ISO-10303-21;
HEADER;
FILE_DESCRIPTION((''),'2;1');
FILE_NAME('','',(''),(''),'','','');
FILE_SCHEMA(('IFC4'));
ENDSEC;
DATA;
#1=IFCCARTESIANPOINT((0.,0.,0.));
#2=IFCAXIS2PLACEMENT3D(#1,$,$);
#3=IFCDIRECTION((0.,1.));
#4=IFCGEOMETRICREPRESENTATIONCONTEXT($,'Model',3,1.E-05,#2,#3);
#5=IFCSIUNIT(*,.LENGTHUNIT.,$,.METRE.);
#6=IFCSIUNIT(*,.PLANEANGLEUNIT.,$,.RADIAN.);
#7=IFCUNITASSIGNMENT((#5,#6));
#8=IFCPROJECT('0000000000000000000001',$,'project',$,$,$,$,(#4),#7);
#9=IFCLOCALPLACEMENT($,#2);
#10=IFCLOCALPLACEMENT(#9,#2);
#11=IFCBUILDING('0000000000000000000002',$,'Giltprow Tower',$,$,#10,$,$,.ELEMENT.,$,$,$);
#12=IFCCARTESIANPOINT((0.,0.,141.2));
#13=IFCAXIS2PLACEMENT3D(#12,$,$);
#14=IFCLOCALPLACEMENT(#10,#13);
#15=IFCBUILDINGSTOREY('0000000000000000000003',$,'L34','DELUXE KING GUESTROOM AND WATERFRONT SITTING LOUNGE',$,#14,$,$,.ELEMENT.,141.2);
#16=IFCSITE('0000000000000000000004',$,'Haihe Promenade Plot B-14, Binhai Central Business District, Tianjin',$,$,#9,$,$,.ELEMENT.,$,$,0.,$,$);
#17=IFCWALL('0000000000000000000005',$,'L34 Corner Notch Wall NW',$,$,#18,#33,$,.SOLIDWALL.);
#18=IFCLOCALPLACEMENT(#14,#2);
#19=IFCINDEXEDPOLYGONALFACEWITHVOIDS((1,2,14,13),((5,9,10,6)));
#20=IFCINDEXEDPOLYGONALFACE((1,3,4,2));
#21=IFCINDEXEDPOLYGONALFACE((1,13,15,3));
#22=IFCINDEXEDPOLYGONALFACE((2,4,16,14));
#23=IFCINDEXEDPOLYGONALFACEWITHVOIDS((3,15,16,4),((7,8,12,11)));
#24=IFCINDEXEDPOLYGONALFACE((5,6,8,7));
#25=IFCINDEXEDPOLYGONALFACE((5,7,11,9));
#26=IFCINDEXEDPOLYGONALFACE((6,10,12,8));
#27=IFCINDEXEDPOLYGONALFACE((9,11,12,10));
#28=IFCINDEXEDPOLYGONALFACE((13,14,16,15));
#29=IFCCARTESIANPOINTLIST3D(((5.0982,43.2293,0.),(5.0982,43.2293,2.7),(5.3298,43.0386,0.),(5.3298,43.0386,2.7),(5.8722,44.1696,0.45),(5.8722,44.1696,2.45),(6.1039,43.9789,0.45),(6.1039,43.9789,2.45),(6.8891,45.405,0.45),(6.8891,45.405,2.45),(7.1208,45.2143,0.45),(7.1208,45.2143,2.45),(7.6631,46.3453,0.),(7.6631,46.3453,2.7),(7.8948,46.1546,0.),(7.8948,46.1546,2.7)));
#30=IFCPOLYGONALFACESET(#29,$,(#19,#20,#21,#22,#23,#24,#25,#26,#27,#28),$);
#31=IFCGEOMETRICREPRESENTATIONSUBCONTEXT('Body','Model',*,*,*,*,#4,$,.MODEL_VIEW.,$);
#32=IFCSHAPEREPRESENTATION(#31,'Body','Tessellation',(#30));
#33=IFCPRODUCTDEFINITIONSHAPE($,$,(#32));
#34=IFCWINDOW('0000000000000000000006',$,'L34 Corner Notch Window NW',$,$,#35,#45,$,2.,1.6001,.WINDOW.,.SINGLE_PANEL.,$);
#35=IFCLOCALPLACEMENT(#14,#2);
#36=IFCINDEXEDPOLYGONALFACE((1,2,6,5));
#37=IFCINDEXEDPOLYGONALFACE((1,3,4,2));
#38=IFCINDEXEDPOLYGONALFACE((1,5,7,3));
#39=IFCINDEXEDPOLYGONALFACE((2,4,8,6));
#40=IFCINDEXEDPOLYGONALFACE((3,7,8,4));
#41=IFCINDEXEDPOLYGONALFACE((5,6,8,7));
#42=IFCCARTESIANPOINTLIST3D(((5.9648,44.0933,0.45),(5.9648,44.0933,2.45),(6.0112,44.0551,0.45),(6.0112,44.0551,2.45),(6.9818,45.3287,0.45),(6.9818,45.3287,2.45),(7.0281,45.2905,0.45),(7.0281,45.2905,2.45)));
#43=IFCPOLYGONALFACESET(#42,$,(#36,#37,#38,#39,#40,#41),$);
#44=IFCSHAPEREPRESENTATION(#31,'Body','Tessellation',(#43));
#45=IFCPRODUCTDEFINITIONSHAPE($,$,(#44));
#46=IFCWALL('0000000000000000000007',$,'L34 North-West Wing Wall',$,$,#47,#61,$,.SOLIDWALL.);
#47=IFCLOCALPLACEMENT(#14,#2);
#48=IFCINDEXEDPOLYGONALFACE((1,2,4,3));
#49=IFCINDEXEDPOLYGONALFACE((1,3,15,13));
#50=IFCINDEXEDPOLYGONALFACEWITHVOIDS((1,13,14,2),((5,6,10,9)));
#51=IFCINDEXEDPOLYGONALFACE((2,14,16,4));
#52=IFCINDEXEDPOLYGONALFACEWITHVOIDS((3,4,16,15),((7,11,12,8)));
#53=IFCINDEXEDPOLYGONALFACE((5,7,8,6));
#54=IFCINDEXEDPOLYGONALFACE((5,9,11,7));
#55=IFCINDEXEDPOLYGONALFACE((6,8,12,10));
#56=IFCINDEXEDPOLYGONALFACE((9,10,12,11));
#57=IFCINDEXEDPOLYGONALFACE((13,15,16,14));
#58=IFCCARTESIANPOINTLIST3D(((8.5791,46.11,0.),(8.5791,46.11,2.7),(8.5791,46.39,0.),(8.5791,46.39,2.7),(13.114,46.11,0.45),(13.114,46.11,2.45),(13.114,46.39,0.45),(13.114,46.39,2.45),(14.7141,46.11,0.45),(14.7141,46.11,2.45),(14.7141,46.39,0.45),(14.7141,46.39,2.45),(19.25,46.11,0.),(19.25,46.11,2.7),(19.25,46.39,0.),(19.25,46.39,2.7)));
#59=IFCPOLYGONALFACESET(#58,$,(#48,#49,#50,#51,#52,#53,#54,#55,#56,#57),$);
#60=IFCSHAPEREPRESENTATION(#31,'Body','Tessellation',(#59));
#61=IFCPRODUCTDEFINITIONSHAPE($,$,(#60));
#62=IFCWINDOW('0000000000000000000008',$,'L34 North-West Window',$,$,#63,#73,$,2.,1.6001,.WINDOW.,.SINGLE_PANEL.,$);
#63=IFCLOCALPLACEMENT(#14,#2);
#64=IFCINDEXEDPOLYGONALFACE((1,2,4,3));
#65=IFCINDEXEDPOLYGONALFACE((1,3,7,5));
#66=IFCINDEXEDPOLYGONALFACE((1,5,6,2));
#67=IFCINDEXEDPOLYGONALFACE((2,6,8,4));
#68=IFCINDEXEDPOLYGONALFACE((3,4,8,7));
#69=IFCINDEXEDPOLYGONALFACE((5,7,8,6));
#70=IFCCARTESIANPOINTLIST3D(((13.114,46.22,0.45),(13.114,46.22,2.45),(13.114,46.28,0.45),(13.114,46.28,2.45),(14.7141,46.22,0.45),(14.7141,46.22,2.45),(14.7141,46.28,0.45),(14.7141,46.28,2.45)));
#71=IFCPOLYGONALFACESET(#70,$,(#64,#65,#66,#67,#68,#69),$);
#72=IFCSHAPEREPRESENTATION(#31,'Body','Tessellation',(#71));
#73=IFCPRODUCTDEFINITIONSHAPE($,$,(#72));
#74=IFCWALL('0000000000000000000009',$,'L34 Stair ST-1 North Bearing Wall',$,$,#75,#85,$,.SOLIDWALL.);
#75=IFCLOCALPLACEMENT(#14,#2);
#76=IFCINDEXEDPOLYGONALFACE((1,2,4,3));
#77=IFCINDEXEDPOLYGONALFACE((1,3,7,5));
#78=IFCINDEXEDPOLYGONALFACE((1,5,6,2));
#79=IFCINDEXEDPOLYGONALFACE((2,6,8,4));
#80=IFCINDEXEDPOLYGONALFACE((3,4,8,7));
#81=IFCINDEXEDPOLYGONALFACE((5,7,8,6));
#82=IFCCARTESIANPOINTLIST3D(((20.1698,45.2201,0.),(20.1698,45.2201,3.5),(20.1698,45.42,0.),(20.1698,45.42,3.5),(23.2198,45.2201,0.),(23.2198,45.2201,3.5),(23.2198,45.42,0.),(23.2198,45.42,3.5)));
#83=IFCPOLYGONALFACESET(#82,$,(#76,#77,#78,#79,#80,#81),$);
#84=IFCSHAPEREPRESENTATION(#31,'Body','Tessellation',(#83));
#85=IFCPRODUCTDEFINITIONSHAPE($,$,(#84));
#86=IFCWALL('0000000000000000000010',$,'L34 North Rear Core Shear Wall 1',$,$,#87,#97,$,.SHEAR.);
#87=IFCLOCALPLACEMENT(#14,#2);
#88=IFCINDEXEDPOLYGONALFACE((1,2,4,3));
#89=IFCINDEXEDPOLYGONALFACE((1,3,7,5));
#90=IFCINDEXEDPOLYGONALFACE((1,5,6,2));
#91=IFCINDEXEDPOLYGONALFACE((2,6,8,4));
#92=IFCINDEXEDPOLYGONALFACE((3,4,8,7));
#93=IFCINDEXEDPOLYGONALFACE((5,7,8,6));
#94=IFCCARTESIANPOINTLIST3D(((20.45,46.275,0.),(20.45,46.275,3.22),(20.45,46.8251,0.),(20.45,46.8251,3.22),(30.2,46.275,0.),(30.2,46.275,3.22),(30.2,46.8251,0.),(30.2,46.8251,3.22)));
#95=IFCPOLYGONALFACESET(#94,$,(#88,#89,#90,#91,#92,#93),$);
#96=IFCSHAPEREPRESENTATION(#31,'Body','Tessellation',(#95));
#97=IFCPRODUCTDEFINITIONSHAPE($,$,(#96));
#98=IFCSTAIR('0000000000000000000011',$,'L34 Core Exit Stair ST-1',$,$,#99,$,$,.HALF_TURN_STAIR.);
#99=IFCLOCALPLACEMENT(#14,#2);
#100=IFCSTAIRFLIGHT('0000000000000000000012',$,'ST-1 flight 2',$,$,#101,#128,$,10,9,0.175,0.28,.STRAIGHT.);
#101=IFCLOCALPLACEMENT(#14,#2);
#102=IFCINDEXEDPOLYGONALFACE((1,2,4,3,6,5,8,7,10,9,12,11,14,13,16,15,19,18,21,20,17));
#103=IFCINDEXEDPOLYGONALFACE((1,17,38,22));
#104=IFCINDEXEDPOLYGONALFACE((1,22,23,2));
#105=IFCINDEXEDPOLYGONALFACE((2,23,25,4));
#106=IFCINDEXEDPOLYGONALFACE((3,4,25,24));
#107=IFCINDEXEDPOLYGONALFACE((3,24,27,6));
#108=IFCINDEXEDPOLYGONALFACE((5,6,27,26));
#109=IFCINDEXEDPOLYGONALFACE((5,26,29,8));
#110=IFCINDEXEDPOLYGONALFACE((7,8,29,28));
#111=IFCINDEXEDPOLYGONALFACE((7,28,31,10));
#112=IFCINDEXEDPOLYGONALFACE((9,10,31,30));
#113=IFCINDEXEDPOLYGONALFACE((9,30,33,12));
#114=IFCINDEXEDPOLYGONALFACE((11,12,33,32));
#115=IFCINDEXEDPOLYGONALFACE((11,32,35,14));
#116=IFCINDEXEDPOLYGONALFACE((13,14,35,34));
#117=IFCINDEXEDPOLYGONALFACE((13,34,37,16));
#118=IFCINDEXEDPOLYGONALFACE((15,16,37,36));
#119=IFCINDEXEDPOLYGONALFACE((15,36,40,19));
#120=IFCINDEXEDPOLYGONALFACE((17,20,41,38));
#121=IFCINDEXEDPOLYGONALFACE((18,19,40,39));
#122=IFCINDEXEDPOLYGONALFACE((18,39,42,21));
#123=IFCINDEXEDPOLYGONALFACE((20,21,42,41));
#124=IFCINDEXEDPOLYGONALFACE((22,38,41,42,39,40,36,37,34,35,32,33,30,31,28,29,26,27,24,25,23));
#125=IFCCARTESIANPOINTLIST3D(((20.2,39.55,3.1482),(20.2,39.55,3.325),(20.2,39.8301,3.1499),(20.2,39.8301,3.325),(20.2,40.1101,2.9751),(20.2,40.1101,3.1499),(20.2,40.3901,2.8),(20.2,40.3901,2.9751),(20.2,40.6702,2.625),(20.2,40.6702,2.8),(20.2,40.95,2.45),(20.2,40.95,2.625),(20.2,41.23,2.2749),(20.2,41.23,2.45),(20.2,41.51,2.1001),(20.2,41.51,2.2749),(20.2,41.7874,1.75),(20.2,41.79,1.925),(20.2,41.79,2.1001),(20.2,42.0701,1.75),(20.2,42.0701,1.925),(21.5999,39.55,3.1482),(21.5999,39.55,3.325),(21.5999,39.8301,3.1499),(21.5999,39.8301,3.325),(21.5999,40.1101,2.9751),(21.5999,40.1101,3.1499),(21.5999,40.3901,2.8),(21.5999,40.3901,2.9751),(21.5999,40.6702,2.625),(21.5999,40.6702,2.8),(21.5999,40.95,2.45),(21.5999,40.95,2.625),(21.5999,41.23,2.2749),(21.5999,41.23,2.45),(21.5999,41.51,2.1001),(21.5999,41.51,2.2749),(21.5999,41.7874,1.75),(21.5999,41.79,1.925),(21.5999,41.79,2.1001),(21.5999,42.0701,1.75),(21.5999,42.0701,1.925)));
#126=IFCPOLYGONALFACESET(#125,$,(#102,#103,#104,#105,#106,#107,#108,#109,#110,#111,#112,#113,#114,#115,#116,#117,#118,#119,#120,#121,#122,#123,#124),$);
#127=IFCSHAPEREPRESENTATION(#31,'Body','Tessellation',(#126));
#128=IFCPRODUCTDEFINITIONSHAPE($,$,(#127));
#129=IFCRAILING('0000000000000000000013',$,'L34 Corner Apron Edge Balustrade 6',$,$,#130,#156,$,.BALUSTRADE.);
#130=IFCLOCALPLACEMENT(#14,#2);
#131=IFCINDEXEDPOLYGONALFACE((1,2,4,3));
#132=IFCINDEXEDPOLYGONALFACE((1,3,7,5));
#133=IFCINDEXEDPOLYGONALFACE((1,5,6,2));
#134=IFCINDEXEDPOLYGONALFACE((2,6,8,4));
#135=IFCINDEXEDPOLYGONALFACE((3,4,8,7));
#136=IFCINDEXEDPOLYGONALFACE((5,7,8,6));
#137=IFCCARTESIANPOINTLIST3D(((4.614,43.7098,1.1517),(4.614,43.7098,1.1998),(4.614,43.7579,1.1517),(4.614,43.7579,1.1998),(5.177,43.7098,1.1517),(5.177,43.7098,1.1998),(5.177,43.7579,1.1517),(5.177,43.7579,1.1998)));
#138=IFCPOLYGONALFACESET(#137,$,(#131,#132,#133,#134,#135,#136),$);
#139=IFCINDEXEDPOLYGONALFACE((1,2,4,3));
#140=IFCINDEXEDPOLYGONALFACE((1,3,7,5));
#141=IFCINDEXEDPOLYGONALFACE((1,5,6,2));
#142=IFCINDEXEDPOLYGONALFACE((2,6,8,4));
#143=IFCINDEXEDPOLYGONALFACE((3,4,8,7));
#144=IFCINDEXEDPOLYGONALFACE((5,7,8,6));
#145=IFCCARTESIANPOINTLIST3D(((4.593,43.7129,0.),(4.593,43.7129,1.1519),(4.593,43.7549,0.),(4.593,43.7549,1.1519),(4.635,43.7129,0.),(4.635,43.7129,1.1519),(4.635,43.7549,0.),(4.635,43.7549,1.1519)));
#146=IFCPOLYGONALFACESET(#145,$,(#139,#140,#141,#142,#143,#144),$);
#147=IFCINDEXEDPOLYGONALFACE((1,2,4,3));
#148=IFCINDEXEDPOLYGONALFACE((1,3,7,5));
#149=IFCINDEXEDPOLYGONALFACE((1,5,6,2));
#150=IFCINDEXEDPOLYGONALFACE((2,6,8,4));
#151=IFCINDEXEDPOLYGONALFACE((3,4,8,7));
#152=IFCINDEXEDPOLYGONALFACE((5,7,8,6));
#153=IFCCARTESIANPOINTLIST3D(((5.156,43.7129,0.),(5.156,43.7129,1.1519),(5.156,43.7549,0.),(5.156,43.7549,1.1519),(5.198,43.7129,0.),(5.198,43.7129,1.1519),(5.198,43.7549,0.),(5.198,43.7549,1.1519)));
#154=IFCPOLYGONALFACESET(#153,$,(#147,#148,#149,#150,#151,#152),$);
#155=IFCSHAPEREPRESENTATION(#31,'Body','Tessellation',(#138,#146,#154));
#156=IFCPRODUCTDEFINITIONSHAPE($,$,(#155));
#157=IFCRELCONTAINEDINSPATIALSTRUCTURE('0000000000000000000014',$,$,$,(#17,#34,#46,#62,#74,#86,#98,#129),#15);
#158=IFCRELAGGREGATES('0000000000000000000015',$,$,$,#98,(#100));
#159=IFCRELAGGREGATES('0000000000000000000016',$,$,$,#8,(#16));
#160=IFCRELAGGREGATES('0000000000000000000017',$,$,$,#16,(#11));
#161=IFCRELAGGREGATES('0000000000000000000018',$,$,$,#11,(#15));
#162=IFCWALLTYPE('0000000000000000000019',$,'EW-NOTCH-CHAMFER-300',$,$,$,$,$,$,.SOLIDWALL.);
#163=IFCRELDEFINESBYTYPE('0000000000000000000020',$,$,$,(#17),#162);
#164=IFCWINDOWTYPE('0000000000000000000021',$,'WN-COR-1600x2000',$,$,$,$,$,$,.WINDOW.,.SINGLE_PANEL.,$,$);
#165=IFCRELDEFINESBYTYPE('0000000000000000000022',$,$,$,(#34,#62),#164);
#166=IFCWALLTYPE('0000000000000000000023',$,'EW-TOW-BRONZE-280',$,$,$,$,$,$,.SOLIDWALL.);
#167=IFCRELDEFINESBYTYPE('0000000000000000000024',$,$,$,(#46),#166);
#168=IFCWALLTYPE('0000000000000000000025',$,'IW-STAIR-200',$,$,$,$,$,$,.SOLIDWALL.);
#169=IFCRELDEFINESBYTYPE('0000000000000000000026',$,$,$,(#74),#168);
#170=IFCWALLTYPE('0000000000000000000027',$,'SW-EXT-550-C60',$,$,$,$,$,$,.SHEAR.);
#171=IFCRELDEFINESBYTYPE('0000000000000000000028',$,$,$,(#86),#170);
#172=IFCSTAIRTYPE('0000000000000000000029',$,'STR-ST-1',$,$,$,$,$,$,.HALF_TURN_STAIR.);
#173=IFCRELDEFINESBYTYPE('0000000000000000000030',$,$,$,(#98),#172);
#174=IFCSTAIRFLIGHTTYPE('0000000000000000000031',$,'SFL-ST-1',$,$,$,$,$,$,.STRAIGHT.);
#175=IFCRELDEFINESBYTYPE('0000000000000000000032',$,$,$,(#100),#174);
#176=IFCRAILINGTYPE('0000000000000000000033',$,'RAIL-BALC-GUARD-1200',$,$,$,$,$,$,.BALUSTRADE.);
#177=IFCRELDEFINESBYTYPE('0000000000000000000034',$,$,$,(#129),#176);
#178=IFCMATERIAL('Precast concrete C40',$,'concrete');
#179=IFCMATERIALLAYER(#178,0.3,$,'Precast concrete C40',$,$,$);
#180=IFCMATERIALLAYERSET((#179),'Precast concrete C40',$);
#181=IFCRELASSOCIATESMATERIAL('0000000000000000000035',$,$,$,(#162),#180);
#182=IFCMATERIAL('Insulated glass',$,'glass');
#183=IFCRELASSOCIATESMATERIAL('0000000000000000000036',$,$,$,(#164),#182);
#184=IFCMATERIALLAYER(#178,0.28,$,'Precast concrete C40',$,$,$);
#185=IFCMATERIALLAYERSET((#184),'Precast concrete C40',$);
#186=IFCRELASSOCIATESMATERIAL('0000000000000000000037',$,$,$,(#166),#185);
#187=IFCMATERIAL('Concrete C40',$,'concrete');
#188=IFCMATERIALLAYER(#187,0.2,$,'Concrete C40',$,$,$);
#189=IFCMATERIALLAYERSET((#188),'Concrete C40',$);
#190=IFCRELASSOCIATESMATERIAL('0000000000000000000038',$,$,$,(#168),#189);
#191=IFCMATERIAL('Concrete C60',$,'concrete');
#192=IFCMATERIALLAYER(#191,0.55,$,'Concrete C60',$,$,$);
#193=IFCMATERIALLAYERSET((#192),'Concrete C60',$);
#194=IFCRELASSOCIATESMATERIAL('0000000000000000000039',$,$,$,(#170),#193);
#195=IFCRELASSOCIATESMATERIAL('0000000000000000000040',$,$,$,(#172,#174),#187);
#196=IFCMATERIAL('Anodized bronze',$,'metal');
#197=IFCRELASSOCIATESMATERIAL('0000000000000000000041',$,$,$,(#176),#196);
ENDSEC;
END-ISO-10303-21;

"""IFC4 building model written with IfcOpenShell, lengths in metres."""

from ifc_helpers import new_model, si_unit, direction, frame, frame_2d, origin, origin_2d, place, context, subcontext, project, spatial, polyline, rectangle, outline, extrude, source, transform, mapped, material, layer, layer_set, type_object, element, fill, aggregate, save


model = new_model("IFC4")

# Units and contexts
model_context = context("Model", 3, precision=1e-05, world=origin(), true_north=direction((0.0, 1.0)))
body_context = subcontext(model_context, "Body", "Model", "MODEL_VIEW")
ifc_project = project(units=[si_unit("LENGTHUNIT", "METRE"), si_unit("PLANEANGLEUNIT", "RADIAN")], contexts=[model_context])

# Site, building, storey
site_placement = place(None, origin())
site = spatial("IfcSite", under=ifc_project, at=site_placement, Name="Haihe Promenade Plot B-14, Binhai Central Business District, Tianjin", CompositionType="ELEMENT", RefElevation=0.0)
building_placement = place(site_placement, origin())
building = spatial("IfcBuilding", under=site, at=building_placement, Name="Giltprow Tower", CompositionType="ELEMENT")
storey_placement = place(building_placement, frame((0.0, 0.0, 141.2)))
storey = spatial("IfcBuildingStorey", under=building, at=storey_placement, Name="L34", Description="DELUXE KING GUESTROOM AND WATERFRONT SITTING LOUNGE", CompositionType="ELEMENT", Elevation=141.2)

# Shared definitions
ifc_material_1 = material(Name="Concrete C60", Category="concrete")

# Walls, openings, windows
ifc_material_2 = material(Name="Precast concrete C40", Category="concrete")
ifc_layer_1 = layer(ifc_material_2, 0.3, Name="Precast concrete C40")
ifc_layer_set_1 = layer_set([ifc_layer_1], Name="Precast concrete C40")
wall_type_1 = type_object("IfcWallType", Name="EW-NOTCH-CHAMFER-300", PredefinedType="SOLIDWALL", material=ifc_layer_set_1)
wall_1_placement = place(storey_placement, frame((7.7791, 46.25, 0.0), z_axis=(0.0, 0.0, 1.0), x_axis=(-0.635538, -0.77207, 0.0)))
wall_1 = element("IfcWall", 1, at=wall_1_placement, inside=storey, type_object=wall_type_1, Name="L34 Corner Notch Wall NW", PredefinedType="SOLIDWALL", context=body_context, shape_type="SweptSolid", body=[
    extrude(rectangle(XDim=4.0359, YDim=0.3, at=frame_2d((2.0181, 0.0))), origin(), (0.0, 0.0, 1.0), 2.7),
])
opening_1_placement = place(wall_1_placement, frame((1.218, 0.0, 0.45)))
opening_1 = element("IfcOpeningElement", 2, at=opening_1_placement, cuts=wall_1, PredefinedType="OPENING", context=body_context, shape_type="SweptSolid", body=[
    extrude(rectangle(XDim=1.6001, YDim=2.0, at=frame_2d((0.8, 1.0))), frame((0.0, 0.1599, 0.0), z_axis=(0.0, -1.0, 0.0), x_axis=(1.0, 0.0, 0.0)), (0.0, 0.0, 1.0), 0.3201),
])
ifc_material_3 = material(Name="Insulated glass", Category="glass")
window_type = type_object("IfcWindowType", Name="WN-COR-1600x2000", PartitioningType="SINGLE_PANEL", PredefinedType="WINDOW", material=ifc_material_3)
shared_shape_1 = source(origin(), body_context, "Body", "SweptSolid", [
    extrude(rectangle(XDim=1.6001, YDim=2.0, at=frame_2d((0.8, 1.0))), frame((0.0, 0.03, 0.0), z_axis=(0.0, -1.0, 0.0), x_axis=(1.0, 0.0, 0.0)), (0.0, 0.0, 1.0), 0.0601),
])
window_1_placement = place(opening_1_placement, origin())
window_1 = element("IfcWindow", 3, at=window_1_placement, inside=storey, type_object=window_type, Name="L34 Corner Notch Window NW", OverallHeight=2.0, OverallWidth=1.6001, PartitioningType="SINGLE_PANEL", PredefinedType="WINDOW", context=body_context, shape_type="MappedRepresentation", body=[
    mapped(shared_shape_1, transform((0.0, 0.0, 0.0), x_axis=(1.0, 0.0, 0.0), y_axis=(0.0, 1.0, 0.0), z_axis=(0.0, 0.0, 1.0), scale=1.0)),
])
fill(opening_1, window_1)
ifc_layer_2 = layer(ifc_material_2, 0.28, Name="Precast concrete C40")
ifc_layer_set_2 = layer_set([ifc_layer_2], Name="Precast concrete C40")
wall_type_2 = type_object("IfcWallType", Name="EW-TOW-BRONZE-280", PredefinedType="SOLIDWALL", material=ifc_layer_set_2)
wall_2_placement = place(storey_placement, frame((8.5791, 46.25, 0.0), z_axis=(0.0, 0.0, 1.0), x_axis=(1.0, 0.0, 0.0)))
wall_2 = element("IfcWall", 4, at=wall_2_placement, inside=storey, type_object=wall_type_2, Name="L34 North-West Wing Wall", PredefinedType="SOLIDWALL", context=body_context, shape_type="SweptSolid", body=[
    extrude(rectangle(XDim=10.6709, YDim=0.28, at=frame_2d((5.3354, 0.0))), origin(), (0.0, 0.0, 1.0), 2.7),
])
opening_2_placement = place(wall_2_placement, frame((4.5349, 0.0, 0.45)))
opening_2 = element("IfcOpeningElement", 5, at=opening_2_placement, cuts=wall_2, PredefinedType="OPENING", context=body_context, shape_type="SweptSolid", body=[
    extrude(rectangle(XDim=1.6001, YDim=2.0, at=frame_2d((0.8, 1.0))), frame((0.0, 0.1499, 0.0), z_axis=(0.0, -1.0, 0.0), x_axis=(1.0, 0.0, 0.0)), (0.0, 0.0, 1.0), 0.3),
])
window_2_placement = place(opening_2_placement, origin())
window_2 = element("IfcWindow", 6, at=window_2_placement, inside=storey, type_object=window_type, Name="L34 North-West Window", OverallHeight=2.0, OverallWidth=1.6001, PartitioningType="SINGLE_PANEL", PredefinedType="WINDOW", context=body_context, shape_type="MappedRepresentation", body=[
    mapped(shared_shape_1, transform((0.0, 0.0, 0.0), x_axis=(1.0, 0.0, 0.0), y_axis=(0.0, 1.0, 0.0), z_axis=(0.0, 0.0, 1.0), scale=1.0)),
])
fill(opening_2, window_2)

# Walls
ifc_material_4 = material(Name="Concrete C40", Category="concrete")
ifc_layer_3 = layer(ifc_material_4, 0.2, Name="Concrete C40")
ifc_layer_set_3 = layer_set([ifc_layer_3], Name="Concrete C40")
wall_type_3 = type_object("IfcWallType", Name="IW-STAIR-200", PredefinedType="SOLIDWALL", material=ifc_layer_set_3)
wall_3_placement = place(storey_placement, frame((20.1699, 45.3201, 0.0), z_axis=(0.0, 0.0, 1.0), x_axis=(1.0, 0.0, 0.0)))
element("IfcWall", 7, at=wall_3_placement, inside=storey, type_object=wall_type_3, Name="L34 Stair ST-1 North Bearing Wall", PredefinedType="SOLIDWALL", context=body_context, shape_type="SweptSolid", body=[
    extrude(rectangle(XDim=3.05, YDim=0.2, at=frame_2d((1.5249, 0.0))), origin(), (0.0, 0.0, 1.0), 3.5),
])
ifc_layer_4 = layer(ifc_material_1, 0.55, Name="Concrete C60")
ifc_layer_set_4 = layer_set([ifc_layer_4], Name="Concrete C60")
wall_type_4 = type_object("IfcWallType", Name="SW-EXT-550-C60", PredefinedType="SHEAR", material=ifc_layer_set_4)
wall_4_placement = place(storey_placement, frame((20.45, 46.55, 0.0), z_axis=(0.0, 0.0, 1.0), x_axis=(1.0, 0.0, 0.0)))
element("IfcWall", 8, at=wall_4_placement, inside=storey, type_object=wall_type_4, Name="L34 North Rear Core Shear Wall 1", PredefinedType="SHEAR", context=body_context, shape_type="SweptSolid", body=[
    extrude(rectangle(XDim=9.75, YDim=0.55, at=frame_2d((4.875, 0.0))), origin(), (0.0, 0.0, 1.0), 3.22),
])

# Stair, stair flight
stair_type = type_object("IfcStairType", Name="STR-ST-1", PredefinedType="HALF_TURN_STAIR", material=ifc_material_4)
stair_placement = place(storey_placement, origin())
stair = element("IfcStair", 9, at=stair_placement, inside=storey, type_object=stair_type, Name="L34 Core Exit Stair ST-1", PredefinedType="HALF_TURN_STAIR")
stair_flight_type = type_object("IfcStairFlightType", Name="SFL-ST-1", PredefinedType="STRAIGHT", material=ifc_material_4)
stair_flight_placement = place(storey_placement, frame((20.8999, 42.0701, 1.75), z_axis=(0.0, 0.0, 1.0), x_axis=(0.0, -1.0, 0.0)))
stair_flight = element("IfcStairFlight", 10, at=stair_flight_placement, type_object=stair_flight_type, Name="ST-1 flight 2", NumberOfRisers=10, NumberOfTreads=9, PredefinedType="STRAIGHT", RiserHeight=0.175, TreadLength=0.28, context=body_context, shape_type="SweptSolid", body=[
    extrude(outline(polyline([(0.0, 0.0), (0.0, 0.175), (0.28, 0.175), (0.28, 0.3501), (0.5601, 0.3501), (0.5601, 0.5249), (0.8401, 0.5249), (0.8401, 0.7), (1.1201, 0.7), (1.1201, 0.875), (1.3999, 0.875), (1.3999, 1.05), (1.6799, 1.05), (1.6799, 1.2251), (1.96, 1.2251), (1.96, 1.3999), (2.24, 1.3999), (2.24, 1.575), (2.52, 1.575), (2.52, 1.75), (2.52, 1.3982), (0.2827, 0.0), (0.0, 0.0)])), frame((0.0, 0.7, 0.0), z_axis=(0.0, -1.0, 0.0), x_axis=(1.0, 0.0, 0.0)), (0.0, 0.0, 1.0), 1.3999),
])
aggregate(stair, [stair_flight])

# Railing
ifc_material_5 = material(Name="Anodized bronze", Category="metal")
railing_type_1 = type_object("IfcRailingType", Name="RAIL-BALC-GUARD-1200", PredefinedType="BALUSTRADE", material=ifc_material_5)
railing_1_placement = place(storey_placement, frame((4.614, 43.7339, 0.0)))
element("IfcRailing", 11, at=railing_1_placement, inside=storey, type_object=railing_type_1, Name="L34 Corner Apron Edge Balustrade 6", PredefinedType="BALUSTRADE", context=body_context, shape_type="SweptSolid", body=[
    extrude(rectangle(XDim=0.0481, YDim=0.0481, at=origin_2d()), frame((0.0, 0.0, 1.1758), z_axis=(1.0, 0.0, 0.0), x_axis=(0.0, 1.0, 0.0)), (0.0, 0.0, 1.0), 0.563),
    extrude(rectangle(XDim=0.042, YDim=0.042, at=origin_2d()), origin(), (0.0, 0.0, 1.0), 1.1519),
    extrude(rectangle(XDim=0.042, YDim=0.042, at=origin_2d()), frame((0.563, 0.0, 0.0)), (0.0, 0.0, 1.0), 1.1519),
])

save(model, "model.ifc")
